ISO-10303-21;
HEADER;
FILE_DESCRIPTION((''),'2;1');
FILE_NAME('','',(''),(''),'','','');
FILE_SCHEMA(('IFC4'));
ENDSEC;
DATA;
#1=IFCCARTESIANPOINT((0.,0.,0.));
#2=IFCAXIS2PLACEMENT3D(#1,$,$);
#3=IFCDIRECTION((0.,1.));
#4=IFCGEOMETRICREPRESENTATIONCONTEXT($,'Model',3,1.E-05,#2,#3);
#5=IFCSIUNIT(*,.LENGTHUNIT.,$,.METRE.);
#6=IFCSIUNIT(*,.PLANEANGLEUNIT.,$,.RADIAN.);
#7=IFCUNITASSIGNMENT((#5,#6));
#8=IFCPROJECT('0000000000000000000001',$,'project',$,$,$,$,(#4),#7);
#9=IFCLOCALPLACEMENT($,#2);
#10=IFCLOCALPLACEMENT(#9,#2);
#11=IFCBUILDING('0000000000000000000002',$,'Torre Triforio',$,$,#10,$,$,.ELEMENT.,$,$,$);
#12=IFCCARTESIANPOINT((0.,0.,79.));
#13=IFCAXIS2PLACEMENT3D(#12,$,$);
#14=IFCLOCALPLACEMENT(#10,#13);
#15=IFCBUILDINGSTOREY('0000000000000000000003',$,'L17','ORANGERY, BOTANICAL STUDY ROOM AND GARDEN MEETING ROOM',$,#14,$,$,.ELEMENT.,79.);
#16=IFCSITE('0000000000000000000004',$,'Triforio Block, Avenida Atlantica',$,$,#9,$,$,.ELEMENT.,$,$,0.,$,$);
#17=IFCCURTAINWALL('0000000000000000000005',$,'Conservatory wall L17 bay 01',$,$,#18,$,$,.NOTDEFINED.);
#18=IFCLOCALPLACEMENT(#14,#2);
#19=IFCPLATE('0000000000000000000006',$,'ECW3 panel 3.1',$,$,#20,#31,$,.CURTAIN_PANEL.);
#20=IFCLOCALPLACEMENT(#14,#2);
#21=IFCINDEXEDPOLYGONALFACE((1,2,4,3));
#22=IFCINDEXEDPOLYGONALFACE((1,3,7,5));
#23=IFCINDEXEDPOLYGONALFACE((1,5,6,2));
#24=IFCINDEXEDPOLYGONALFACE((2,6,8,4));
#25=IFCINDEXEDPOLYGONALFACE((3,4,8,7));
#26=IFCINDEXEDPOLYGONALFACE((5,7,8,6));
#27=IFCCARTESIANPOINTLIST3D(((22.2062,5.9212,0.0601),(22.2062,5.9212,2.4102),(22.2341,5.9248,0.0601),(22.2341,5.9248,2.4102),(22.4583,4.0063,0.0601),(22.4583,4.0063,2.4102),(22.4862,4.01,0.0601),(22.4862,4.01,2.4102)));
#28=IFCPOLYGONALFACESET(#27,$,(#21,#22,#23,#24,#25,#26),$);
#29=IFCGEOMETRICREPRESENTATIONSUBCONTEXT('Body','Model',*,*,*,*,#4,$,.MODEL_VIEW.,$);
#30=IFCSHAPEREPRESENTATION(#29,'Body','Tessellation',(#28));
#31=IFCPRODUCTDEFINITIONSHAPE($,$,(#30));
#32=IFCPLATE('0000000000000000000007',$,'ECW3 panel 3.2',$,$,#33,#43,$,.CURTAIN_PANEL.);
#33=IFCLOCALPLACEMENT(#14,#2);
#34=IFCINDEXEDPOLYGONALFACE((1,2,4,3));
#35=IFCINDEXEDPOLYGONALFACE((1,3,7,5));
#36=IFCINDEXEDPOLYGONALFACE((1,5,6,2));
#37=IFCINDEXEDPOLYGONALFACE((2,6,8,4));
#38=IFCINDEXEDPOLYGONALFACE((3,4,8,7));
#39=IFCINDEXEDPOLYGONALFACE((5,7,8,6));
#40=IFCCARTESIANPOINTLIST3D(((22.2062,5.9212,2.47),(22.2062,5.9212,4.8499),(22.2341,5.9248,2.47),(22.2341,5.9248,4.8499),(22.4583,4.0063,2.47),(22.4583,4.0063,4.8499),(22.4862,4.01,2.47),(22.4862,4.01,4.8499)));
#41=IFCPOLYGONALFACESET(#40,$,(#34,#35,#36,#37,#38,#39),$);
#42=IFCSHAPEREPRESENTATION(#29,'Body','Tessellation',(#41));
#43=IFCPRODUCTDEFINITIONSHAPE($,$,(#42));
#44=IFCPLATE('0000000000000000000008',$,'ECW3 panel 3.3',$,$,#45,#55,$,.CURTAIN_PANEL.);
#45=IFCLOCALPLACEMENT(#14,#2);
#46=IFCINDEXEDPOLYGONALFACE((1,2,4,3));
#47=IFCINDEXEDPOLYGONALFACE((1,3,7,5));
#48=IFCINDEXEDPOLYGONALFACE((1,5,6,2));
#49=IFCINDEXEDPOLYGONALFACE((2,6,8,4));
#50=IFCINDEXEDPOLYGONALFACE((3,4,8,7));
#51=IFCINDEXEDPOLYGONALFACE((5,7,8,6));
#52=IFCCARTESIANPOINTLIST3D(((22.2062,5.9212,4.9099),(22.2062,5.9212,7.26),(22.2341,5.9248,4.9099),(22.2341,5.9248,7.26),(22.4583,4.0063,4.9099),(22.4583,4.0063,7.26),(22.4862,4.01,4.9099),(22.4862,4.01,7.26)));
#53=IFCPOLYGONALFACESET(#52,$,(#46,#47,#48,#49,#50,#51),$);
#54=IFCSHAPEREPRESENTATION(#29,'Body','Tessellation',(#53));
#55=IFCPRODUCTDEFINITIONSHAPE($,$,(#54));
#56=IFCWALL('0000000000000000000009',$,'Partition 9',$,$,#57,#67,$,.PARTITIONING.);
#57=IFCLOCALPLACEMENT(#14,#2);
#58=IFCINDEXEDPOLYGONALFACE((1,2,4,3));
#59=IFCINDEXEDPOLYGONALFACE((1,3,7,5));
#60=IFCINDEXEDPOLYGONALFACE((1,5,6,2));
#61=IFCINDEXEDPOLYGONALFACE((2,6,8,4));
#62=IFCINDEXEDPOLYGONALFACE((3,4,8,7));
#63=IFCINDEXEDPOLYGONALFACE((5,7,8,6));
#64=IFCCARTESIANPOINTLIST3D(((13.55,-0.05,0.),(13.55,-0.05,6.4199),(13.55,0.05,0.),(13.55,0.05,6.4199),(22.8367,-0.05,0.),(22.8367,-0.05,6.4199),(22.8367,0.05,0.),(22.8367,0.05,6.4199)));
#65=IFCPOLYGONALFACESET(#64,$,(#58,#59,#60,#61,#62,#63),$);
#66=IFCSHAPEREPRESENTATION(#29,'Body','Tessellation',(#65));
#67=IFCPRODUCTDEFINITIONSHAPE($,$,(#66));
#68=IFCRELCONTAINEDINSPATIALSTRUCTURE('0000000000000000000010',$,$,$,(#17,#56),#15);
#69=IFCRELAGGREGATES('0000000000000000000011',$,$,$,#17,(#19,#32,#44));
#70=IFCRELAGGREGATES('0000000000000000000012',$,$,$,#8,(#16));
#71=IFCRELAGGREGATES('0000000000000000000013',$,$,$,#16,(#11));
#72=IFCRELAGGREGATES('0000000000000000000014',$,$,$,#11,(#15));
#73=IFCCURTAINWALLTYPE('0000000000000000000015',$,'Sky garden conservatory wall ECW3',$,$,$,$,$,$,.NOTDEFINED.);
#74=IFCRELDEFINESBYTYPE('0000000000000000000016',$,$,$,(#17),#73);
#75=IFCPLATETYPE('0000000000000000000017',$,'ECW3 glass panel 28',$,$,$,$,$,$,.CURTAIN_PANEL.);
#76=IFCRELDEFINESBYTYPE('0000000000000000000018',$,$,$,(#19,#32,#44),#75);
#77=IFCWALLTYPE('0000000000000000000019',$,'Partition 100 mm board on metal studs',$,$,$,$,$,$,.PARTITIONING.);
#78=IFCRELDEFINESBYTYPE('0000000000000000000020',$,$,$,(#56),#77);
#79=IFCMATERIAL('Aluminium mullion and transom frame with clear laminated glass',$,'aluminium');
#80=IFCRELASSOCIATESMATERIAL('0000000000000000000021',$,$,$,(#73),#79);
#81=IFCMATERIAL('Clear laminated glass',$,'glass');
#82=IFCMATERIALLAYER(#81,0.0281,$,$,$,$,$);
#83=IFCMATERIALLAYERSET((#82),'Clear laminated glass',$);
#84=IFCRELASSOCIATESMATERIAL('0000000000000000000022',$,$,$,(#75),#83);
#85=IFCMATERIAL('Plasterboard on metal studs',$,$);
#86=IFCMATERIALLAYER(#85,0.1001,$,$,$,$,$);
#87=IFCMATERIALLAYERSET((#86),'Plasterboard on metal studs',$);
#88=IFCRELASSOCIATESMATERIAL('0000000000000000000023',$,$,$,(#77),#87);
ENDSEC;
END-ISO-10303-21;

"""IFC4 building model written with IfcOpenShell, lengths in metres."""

from ifc_helpers import new_model, si_unit, direction, frame, frame_2d, origin, origin_2d, place, context, subcontext, project, spatial, rectangle, extrude, material, layer, layer_set, type_object, element, aggregate, save


model = new_model("IFC4")

# Units and contexts
model_context = context("Model", 3, precision=1e-05, world=origin(), true_north=direction((0.0, 1.0)))
body_context = subcontext(model_context, "Body", "Model", "MODEL_VIEW")
ifc_project = project(units=[si_unit("LENGTHUNIT", "METRE"), si_unit("PLANEANGLEUNIT", "RADIAN")], contexts=[model_context])

# Site, building, storey
site_placement = place(None, origin())
site = spatial("IfcSite", under=ifc_project, at=site_placement, Name="Triforio Block, Avenida Atlantica", CompositionType="ELEMENT", RefElevation=0.0)
building_placement = place(site_placement, origin())
building = spatial("IfcBuilding", under=site, at=building_placement, Name="Torre Triforio", CompositionType="ELEMENT")
storey_placement = place(building_placement, frame((0.0, 0.0, 79.0)))
storey = spatial("IfcBuildingStorey", under=building, at=storey_placement, Name="L17", Description="ORANGERY, BOTANICAL STUDY ROOM AND GARDEN MEETING ROOM", CompositionType="ELEMENT", Elevation=79.0)

# Curtain wall, plates
ifc_material_1 = material(Name="Aluminium mullion and transom frame with clear laminated glass", Category="aluminium")
curtain_wall_type = type_object("IfcCurtainWallType", Name="Sky garden conservatory wall ECW3", PredefinedType="NOTDEFINED", material=ifc_material_1)
curtain_wall_placement = place(storey_placement, origin())
curtain_wall = element("IfcCurtainWall", 1, at=curtain_wall_placement, inside=storey, type_object=curtain_wall_type, Name="Conservatory wall L17 bay 01", PredefinedType="NOTDEFINED")
ifc_material_2 = material(Name="Clear laminated glass", Category="glass")
ifc_layer_1 = layer(ifc_material_2, 0.0281)
ifc_layer_set_1 = layer_set([ifc_layer_1], Name="Clear laminated glass")
plate_type = type_object("IfcPlateType", Name="ECW3 glass panel 28", PredefinedType="CURTAIN_PANEL", material=ifc_layer_set_1)
plate_1_placement = place(storey_placement, frame((22.3462, 4.9656, 0.0601), z_axis=(0.0, 0.0, 1.0), x_axis=(-0.130521, 0.991446, 0.0)))
plate_1 = element("IfcPlate", 2, at=plate_1_placement, type_object=plate_type, Name="ECW3 panel 3.1", PredefinedType="CURTAIN_PANEL", context=body_context, shape_type="SweptSolid", body=[
    extrude(rectangle(XDim=1.9314, YDim=0.0281, at=origin_2d()), origin(), (0.0, 0.0, 1.0), 2.3501),
])
plate_2_placement = place(storey_placement, frame((22.3462, 4.9656, 2.47), z_axis=(0.0, 0.0, 1.0), x_axis=(-0.130521, 0.991446, 0.0)))
plate_2 = element("IfcPlate", 3, at=plate_2_placement, type_object=plate_type, Name="ECW3 panel 3.2", PredefinedType="CURTAIN_PANEL", context=body_context, shape_type="SweptSolid", body=[
    extrude(rectangle(XDim=1.9314, YDim=0.0281, at=origin_2d()), origin(), (0.0, 0.0, 1.0), 2.3799),
])
plate_3_placement = place(storey_placement, frame((22.3462, 4.9656, 4.9099), z_axis=(0.0, 0.0, 1.0), x_axis=(-0.130521, 0.991446, 0.0)))
plate_3 = element("IfcPlate", 4, at=plate_3_placement, type_object=plate_type, Name="ECW3 panel 3.3", PredefinedType="CURTAIN_PANEL", context=body_context, shape_type="SweptSolid", body=[
    extrude(rectangle(XDim=1.9314, YDim=0.0281, at=origin_2d()), origin(), (0.0, 0.0, 1.0), 2.3501),
])
aggregate(curtain_wall, [plate_1, plate_2, plate_3])

# Wall
ifc_material_3 = material(Name="Plasterboard on metal studs")
ifc_layer_2 = layer(ifc_material_3, 0.1001)
ifc_layer_set_2 = layer_set([ifc_layer_2], Name="Plasterboard on metal studs")
wall_type_1 = type_object("IfcWallType", Name="Partition 100 mm board on metal studs", PredefinedType="PARTITIONING", material=ifc_layer_set_2)
wall_1_placement = place(storey_placement, frame((13.55, 0.0, 0.0), z_axis=(0.0, 0.0, 1.0), x_axis=(1.0, 0.0, 0.0)))
element("IfcWall", 5, at=wall_1_placement, inside=storey, type_object=wall_type_1, Name="Partition 9", PredefinedType="PARTITIONING", context=body_context, shape_type="SweptSolid", body=[
    extrude(rectangle(XDim=9.2866, YDim=0.1001, at=frame_2d((4.6433, 0.0))), origin(), (0.0, 0.0, 1.0), 6.4199),
])

save(model, "model.ifc")
